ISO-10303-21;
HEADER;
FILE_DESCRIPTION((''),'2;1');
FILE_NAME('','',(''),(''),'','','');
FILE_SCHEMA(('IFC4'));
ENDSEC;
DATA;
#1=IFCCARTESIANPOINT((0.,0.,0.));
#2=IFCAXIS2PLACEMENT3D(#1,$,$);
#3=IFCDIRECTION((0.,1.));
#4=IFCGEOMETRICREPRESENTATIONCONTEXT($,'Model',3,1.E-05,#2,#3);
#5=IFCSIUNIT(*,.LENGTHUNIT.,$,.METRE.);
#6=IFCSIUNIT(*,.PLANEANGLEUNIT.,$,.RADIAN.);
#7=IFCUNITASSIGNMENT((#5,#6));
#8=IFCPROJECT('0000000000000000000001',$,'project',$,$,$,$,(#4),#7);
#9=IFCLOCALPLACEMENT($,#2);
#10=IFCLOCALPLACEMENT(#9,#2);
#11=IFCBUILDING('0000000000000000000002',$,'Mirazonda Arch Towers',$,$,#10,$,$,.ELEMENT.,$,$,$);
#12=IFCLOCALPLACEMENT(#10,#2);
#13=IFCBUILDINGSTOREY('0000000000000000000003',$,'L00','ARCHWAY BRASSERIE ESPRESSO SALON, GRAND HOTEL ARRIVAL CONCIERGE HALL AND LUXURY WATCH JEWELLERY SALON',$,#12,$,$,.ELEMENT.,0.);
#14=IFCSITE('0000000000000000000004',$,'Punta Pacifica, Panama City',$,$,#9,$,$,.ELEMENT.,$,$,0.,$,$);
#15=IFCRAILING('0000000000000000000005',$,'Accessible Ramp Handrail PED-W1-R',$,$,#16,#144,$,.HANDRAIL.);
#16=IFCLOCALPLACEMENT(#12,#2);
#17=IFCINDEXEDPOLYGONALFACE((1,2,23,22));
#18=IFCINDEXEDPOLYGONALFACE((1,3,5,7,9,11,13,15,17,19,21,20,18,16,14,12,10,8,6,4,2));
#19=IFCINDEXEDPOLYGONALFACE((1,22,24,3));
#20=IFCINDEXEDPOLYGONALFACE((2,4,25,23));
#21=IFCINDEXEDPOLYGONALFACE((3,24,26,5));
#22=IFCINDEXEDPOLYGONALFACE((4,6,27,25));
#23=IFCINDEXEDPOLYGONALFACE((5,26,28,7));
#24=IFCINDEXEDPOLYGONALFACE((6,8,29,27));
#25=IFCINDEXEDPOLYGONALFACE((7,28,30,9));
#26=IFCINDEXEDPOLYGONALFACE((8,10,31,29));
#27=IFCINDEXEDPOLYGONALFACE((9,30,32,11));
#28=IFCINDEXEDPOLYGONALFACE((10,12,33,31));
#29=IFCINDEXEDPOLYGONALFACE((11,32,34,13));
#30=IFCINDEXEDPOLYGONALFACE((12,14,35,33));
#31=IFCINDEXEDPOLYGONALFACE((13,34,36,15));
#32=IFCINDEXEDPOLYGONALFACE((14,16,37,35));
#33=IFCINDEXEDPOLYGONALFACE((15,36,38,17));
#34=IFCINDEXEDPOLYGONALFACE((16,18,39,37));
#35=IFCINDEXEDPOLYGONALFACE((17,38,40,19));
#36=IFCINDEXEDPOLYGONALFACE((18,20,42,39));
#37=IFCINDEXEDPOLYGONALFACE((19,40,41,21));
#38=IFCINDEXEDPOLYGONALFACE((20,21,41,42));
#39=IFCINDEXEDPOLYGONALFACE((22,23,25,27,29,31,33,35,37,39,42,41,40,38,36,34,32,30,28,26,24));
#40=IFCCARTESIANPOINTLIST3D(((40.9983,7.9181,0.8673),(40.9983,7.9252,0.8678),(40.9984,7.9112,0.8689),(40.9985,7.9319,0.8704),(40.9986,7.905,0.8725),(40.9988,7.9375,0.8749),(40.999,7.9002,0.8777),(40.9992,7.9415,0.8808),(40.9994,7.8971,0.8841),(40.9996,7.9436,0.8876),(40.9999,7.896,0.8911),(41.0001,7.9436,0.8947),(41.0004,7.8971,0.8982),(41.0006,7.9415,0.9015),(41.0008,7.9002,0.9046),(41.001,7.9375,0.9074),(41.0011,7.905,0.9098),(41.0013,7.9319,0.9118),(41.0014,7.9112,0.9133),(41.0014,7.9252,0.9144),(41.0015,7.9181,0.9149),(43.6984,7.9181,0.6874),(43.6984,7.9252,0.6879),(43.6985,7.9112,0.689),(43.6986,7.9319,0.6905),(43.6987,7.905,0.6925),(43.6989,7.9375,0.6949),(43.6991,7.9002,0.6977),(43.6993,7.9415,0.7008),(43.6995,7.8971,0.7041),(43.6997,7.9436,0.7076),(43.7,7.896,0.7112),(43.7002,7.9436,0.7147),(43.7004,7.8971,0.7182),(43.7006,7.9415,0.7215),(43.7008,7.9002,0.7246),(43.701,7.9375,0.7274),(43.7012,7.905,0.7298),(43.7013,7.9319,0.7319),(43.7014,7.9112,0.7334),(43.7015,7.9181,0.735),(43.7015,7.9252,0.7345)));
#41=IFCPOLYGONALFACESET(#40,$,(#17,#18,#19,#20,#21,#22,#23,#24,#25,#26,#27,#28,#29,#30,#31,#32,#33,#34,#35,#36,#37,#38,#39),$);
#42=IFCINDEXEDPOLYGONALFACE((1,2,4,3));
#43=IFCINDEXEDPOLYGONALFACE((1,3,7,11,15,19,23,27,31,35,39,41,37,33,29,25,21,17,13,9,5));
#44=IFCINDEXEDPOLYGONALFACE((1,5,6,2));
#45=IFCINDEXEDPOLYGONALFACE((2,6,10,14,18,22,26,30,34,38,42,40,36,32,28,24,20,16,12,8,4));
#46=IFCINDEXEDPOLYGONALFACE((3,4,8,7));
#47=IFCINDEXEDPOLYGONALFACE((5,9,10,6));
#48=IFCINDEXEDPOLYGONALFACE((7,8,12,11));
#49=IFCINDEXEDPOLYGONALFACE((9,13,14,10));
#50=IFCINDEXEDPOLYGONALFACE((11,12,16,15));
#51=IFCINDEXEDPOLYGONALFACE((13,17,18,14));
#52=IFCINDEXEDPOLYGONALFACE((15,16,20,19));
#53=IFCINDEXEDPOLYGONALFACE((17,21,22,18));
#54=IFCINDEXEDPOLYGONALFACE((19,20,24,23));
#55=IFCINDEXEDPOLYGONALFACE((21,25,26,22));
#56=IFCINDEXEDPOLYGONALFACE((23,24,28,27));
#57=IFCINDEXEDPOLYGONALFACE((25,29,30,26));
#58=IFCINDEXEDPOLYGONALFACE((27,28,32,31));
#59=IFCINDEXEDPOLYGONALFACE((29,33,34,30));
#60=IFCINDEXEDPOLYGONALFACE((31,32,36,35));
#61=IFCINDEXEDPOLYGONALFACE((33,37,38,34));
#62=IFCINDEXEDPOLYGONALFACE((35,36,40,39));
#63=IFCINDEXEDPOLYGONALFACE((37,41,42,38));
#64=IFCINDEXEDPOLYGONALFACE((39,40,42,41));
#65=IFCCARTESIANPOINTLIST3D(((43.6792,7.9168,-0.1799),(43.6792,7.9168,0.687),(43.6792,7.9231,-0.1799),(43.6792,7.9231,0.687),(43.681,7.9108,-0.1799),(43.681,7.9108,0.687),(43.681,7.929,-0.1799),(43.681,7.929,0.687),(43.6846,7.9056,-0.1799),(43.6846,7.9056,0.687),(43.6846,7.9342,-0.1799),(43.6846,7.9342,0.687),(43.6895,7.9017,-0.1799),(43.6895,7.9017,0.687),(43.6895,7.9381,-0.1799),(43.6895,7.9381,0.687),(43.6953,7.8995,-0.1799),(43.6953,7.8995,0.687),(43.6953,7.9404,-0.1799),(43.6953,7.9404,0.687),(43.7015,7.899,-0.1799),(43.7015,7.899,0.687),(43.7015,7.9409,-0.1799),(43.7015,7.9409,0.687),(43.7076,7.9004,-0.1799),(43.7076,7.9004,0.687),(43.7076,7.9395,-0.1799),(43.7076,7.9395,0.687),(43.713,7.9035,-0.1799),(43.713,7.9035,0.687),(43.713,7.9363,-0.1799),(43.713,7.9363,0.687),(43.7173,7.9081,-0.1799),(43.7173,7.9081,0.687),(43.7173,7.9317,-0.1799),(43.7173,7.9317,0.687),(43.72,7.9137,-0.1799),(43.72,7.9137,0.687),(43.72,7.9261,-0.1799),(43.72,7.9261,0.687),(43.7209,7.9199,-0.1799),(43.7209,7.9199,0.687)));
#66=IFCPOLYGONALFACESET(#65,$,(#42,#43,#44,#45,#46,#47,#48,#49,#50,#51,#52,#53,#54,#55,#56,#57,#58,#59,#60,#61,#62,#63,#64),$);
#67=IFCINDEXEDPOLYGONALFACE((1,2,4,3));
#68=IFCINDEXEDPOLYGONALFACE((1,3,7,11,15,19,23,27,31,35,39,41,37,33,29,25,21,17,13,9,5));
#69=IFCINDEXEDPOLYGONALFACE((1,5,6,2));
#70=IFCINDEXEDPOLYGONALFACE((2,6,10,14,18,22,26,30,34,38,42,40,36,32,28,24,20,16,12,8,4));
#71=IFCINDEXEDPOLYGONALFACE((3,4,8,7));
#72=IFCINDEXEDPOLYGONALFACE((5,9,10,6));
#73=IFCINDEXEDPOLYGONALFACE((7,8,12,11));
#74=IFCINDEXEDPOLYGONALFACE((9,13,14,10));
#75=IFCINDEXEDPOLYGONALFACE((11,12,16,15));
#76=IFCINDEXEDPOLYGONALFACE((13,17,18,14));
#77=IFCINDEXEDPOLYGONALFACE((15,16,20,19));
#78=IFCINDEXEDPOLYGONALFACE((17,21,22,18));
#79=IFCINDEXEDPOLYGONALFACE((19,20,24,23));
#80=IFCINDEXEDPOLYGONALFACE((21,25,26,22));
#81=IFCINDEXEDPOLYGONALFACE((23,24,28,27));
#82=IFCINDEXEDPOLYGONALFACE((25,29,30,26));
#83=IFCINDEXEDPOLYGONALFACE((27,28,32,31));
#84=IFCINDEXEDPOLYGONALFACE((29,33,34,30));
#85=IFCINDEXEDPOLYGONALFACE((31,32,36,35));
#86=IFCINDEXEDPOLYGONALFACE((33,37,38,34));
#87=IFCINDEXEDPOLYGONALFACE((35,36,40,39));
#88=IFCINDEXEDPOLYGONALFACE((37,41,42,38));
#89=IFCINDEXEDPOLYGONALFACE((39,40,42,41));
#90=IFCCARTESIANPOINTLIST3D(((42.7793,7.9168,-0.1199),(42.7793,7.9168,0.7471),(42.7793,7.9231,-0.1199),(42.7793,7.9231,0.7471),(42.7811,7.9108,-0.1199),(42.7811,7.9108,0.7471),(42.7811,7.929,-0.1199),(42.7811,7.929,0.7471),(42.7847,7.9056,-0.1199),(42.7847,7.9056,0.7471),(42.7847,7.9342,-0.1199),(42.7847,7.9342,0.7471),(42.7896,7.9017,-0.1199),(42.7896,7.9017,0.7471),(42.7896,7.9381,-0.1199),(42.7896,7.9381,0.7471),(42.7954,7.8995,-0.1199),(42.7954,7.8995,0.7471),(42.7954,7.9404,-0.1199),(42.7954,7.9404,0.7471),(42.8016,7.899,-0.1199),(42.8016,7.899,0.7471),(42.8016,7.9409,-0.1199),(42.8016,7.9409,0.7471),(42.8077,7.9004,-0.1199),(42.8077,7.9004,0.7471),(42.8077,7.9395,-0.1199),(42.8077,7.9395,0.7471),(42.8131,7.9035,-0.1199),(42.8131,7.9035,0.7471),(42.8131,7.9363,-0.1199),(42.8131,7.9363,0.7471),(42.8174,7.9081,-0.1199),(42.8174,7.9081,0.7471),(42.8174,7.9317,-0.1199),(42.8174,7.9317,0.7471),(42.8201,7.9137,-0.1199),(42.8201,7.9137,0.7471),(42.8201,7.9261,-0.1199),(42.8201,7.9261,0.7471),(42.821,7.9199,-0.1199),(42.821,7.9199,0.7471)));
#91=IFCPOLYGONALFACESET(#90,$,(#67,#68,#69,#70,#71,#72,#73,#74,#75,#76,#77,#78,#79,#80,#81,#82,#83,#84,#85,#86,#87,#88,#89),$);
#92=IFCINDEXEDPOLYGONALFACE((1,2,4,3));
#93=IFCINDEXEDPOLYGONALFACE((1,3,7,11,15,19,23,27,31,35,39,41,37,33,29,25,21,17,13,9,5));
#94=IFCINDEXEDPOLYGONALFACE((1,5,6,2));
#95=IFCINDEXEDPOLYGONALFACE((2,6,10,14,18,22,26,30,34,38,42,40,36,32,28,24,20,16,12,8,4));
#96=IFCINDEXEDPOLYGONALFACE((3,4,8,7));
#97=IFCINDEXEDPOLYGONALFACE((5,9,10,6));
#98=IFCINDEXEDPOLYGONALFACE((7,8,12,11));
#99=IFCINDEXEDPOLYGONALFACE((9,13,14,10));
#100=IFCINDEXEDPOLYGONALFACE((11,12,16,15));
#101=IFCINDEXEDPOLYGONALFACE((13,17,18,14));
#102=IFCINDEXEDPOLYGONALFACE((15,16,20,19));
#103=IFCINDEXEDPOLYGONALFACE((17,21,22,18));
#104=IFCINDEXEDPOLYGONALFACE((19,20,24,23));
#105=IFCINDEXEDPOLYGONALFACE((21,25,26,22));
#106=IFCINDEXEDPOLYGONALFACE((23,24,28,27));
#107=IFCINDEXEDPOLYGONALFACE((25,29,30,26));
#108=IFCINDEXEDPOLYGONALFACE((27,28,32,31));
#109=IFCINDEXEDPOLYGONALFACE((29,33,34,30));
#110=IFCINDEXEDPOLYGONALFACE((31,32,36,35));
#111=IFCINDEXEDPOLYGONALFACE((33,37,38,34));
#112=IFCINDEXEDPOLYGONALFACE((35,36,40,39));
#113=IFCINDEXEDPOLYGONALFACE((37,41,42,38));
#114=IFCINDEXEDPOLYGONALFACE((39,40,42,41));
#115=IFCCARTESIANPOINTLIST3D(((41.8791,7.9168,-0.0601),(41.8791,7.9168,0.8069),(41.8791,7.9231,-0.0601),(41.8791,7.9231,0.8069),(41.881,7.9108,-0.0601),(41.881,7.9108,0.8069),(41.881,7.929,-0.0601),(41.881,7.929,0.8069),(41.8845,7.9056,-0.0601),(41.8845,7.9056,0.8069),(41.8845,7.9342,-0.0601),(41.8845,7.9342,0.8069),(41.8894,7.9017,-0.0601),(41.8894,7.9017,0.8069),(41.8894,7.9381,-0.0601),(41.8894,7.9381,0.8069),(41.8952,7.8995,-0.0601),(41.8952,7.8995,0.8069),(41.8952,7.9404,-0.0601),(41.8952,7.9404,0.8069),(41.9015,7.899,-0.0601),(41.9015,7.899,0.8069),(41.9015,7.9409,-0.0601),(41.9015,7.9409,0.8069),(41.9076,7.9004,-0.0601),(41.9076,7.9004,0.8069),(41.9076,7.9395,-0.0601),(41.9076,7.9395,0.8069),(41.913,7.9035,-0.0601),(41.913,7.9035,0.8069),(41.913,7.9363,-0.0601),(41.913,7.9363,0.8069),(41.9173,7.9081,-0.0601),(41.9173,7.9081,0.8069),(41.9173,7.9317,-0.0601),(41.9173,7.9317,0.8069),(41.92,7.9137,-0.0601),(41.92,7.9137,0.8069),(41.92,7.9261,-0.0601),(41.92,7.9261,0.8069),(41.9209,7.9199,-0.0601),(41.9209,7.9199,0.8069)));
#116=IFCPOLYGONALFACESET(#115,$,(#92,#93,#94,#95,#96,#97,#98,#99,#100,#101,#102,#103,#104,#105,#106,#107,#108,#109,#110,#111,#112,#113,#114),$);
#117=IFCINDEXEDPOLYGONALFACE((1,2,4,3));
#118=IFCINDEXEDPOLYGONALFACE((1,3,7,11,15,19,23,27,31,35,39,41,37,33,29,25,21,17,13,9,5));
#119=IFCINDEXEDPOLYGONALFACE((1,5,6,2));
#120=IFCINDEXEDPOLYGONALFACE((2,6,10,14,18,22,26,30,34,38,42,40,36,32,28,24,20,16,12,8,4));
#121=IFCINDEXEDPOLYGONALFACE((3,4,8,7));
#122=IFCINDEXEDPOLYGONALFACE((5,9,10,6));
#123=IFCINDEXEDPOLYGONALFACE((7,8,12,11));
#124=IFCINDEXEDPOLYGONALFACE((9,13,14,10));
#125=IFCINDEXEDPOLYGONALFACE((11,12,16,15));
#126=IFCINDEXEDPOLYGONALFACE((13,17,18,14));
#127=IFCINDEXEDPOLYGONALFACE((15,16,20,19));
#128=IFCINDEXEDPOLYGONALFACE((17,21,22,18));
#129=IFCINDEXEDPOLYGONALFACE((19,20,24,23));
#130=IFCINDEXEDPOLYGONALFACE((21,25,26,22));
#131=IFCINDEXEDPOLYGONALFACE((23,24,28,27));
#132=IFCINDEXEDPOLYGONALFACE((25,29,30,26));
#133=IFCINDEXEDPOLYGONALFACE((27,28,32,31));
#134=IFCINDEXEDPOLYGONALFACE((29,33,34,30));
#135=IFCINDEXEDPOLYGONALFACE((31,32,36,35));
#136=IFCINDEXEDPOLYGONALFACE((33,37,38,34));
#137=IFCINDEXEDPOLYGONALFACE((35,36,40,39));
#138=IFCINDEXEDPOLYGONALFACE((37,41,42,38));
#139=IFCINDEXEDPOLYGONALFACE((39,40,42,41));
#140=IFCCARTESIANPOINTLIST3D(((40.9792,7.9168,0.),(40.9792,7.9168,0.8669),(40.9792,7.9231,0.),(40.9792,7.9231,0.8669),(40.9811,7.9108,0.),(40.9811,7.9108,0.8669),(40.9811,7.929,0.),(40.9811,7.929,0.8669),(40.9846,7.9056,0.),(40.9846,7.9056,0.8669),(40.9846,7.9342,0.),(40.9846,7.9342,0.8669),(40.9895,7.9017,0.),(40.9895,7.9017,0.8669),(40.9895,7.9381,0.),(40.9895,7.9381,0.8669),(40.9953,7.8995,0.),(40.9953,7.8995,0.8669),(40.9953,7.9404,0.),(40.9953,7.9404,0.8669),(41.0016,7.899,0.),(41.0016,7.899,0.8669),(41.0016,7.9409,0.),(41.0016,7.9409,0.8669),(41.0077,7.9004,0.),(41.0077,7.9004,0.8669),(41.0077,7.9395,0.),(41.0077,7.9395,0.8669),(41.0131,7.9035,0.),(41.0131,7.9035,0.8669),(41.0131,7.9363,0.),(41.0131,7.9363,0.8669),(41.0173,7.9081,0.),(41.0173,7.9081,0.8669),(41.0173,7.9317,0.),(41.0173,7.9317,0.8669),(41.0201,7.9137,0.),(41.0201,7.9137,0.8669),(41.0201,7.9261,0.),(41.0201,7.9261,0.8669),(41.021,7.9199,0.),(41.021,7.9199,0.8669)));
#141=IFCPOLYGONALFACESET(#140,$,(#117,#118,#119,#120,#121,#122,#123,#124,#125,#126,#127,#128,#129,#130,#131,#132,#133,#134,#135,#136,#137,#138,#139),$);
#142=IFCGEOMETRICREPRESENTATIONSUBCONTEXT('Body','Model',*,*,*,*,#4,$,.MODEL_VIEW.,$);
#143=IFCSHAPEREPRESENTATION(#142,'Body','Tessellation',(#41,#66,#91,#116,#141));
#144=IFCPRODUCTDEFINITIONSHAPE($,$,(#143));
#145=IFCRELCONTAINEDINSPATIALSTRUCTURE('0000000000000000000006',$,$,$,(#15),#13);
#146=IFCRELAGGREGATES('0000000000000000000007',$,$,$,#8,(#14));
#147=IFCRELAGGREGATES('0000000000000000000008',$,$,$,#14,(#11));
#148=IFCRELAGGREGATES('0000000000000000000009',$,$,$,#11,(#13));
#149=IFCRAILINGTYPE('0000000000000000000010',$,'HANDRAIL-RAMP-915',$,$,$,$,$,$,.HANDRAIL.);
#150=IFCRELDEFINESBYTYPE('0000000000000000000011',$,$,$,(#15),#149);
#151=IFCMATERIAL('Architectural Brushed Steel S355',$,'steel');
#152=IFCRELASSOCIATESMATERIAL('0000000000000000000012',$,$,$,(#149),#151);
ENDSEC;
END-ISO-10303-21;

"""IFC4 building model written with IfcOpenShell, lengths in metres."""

from ifc_helpers import new_model, si_unit, direction, frame, origin, origin_2d, place, context, subcontext, project, spatial, circle, extrude, material, type_object, element, save


model = new_model("IFC4")

# Units and contexts
model_context = context("Model", 3, precision=1e-05, world=origin(), true_north=direction((0.0, 1.0)))
body_context = subcontext(model_context, "Body", "Model", "MODEL_VIEW")
ifc_project = project(units=[si_unit("LENGTHUNIT", "METRE"), si_unit("PLANEANGLEUNIT", "RADIAN")], contexts=[model_context])

# Site, building, storey
site_placement = place(None, origin())
site = spatial("IfcSite", under=ifc_project, at=site_placement, Name="Punta Pacifica, Panama City", CompositionType="ELEMENT", RefElevation=0.0)
building_placement = place(site_placement, origin())
building = spatial("IfcBuilding", under=site, at=building_placement, Name="Mirazonda Arch Towers", CompositionType="ELEMENT")
storey_placement = place(building_placement, origin())
storey = spatial("IfcBuildingStorey", under=building, at=storey_placement, Name="L00", Description="ARCHWAY BRASSERIE ESPRESSO SALON, GRAND HOTEL ARRIVAL CONCIERGE HALL AND LUXURY WATCH JEWELLERY SALON", CompositionType="ELEMENT", Elevation=0.0)

# Railing
ifc_material_1 = material(Name="Architectural Brushed Steel S355", Category="steel")
railing_type_1 = type_object("IfcRailingType", Name="HANDRAIL-RAMP-915", PredefinedType="HANDRAIL", material=ifc_material_1)
for number, where, name in (
    (1, (43.7, 7.9199, -0.1799), "Accessible Ramp Handrail PED-W1-R"),
):
    element("IfcRailing", number, at=place(storey_placement, frame(where)), inside=storey, type_object=railing_type_1, Name=name, PredefinedType="HANDRAIL", context=body_context, shape_type="SweptSolid", body=[
        extrude(circle(Radius=0.0239, at=origin_2d()), frame((0.0, 0.0, 0.8911), z_axis=(-0.997787, 0.0, 0.066495), x_axis=(0.0, -1.0, 0.0)), (0.0, 0.0, 1.0), 2.7061),
        extrude(circle(Radius=0.021, at=origin_2d()), origin(), (0.0, 0.0, 1.0), 0.8669),
        extrude(circle(Radius=0.021, at=origin_2d()), frame((-0.8999, 0.0, 0.0601)), (0.0, 0.0, 1.0), 0.8669),
        extrude(circle(Radius=0.021, at=origin_2d()), frame((-1.8, 0.0, 0.1199)), (0.0, 0.0, 1.0), 0.8669),
        extrude(circle(Radius=0.021, at=origin_2d()), frame((-2.7, 0.0, 0.1799)), (0.0, 0.0, 1.0), 0.8669),
    ])

save(model, "model.ifc")
